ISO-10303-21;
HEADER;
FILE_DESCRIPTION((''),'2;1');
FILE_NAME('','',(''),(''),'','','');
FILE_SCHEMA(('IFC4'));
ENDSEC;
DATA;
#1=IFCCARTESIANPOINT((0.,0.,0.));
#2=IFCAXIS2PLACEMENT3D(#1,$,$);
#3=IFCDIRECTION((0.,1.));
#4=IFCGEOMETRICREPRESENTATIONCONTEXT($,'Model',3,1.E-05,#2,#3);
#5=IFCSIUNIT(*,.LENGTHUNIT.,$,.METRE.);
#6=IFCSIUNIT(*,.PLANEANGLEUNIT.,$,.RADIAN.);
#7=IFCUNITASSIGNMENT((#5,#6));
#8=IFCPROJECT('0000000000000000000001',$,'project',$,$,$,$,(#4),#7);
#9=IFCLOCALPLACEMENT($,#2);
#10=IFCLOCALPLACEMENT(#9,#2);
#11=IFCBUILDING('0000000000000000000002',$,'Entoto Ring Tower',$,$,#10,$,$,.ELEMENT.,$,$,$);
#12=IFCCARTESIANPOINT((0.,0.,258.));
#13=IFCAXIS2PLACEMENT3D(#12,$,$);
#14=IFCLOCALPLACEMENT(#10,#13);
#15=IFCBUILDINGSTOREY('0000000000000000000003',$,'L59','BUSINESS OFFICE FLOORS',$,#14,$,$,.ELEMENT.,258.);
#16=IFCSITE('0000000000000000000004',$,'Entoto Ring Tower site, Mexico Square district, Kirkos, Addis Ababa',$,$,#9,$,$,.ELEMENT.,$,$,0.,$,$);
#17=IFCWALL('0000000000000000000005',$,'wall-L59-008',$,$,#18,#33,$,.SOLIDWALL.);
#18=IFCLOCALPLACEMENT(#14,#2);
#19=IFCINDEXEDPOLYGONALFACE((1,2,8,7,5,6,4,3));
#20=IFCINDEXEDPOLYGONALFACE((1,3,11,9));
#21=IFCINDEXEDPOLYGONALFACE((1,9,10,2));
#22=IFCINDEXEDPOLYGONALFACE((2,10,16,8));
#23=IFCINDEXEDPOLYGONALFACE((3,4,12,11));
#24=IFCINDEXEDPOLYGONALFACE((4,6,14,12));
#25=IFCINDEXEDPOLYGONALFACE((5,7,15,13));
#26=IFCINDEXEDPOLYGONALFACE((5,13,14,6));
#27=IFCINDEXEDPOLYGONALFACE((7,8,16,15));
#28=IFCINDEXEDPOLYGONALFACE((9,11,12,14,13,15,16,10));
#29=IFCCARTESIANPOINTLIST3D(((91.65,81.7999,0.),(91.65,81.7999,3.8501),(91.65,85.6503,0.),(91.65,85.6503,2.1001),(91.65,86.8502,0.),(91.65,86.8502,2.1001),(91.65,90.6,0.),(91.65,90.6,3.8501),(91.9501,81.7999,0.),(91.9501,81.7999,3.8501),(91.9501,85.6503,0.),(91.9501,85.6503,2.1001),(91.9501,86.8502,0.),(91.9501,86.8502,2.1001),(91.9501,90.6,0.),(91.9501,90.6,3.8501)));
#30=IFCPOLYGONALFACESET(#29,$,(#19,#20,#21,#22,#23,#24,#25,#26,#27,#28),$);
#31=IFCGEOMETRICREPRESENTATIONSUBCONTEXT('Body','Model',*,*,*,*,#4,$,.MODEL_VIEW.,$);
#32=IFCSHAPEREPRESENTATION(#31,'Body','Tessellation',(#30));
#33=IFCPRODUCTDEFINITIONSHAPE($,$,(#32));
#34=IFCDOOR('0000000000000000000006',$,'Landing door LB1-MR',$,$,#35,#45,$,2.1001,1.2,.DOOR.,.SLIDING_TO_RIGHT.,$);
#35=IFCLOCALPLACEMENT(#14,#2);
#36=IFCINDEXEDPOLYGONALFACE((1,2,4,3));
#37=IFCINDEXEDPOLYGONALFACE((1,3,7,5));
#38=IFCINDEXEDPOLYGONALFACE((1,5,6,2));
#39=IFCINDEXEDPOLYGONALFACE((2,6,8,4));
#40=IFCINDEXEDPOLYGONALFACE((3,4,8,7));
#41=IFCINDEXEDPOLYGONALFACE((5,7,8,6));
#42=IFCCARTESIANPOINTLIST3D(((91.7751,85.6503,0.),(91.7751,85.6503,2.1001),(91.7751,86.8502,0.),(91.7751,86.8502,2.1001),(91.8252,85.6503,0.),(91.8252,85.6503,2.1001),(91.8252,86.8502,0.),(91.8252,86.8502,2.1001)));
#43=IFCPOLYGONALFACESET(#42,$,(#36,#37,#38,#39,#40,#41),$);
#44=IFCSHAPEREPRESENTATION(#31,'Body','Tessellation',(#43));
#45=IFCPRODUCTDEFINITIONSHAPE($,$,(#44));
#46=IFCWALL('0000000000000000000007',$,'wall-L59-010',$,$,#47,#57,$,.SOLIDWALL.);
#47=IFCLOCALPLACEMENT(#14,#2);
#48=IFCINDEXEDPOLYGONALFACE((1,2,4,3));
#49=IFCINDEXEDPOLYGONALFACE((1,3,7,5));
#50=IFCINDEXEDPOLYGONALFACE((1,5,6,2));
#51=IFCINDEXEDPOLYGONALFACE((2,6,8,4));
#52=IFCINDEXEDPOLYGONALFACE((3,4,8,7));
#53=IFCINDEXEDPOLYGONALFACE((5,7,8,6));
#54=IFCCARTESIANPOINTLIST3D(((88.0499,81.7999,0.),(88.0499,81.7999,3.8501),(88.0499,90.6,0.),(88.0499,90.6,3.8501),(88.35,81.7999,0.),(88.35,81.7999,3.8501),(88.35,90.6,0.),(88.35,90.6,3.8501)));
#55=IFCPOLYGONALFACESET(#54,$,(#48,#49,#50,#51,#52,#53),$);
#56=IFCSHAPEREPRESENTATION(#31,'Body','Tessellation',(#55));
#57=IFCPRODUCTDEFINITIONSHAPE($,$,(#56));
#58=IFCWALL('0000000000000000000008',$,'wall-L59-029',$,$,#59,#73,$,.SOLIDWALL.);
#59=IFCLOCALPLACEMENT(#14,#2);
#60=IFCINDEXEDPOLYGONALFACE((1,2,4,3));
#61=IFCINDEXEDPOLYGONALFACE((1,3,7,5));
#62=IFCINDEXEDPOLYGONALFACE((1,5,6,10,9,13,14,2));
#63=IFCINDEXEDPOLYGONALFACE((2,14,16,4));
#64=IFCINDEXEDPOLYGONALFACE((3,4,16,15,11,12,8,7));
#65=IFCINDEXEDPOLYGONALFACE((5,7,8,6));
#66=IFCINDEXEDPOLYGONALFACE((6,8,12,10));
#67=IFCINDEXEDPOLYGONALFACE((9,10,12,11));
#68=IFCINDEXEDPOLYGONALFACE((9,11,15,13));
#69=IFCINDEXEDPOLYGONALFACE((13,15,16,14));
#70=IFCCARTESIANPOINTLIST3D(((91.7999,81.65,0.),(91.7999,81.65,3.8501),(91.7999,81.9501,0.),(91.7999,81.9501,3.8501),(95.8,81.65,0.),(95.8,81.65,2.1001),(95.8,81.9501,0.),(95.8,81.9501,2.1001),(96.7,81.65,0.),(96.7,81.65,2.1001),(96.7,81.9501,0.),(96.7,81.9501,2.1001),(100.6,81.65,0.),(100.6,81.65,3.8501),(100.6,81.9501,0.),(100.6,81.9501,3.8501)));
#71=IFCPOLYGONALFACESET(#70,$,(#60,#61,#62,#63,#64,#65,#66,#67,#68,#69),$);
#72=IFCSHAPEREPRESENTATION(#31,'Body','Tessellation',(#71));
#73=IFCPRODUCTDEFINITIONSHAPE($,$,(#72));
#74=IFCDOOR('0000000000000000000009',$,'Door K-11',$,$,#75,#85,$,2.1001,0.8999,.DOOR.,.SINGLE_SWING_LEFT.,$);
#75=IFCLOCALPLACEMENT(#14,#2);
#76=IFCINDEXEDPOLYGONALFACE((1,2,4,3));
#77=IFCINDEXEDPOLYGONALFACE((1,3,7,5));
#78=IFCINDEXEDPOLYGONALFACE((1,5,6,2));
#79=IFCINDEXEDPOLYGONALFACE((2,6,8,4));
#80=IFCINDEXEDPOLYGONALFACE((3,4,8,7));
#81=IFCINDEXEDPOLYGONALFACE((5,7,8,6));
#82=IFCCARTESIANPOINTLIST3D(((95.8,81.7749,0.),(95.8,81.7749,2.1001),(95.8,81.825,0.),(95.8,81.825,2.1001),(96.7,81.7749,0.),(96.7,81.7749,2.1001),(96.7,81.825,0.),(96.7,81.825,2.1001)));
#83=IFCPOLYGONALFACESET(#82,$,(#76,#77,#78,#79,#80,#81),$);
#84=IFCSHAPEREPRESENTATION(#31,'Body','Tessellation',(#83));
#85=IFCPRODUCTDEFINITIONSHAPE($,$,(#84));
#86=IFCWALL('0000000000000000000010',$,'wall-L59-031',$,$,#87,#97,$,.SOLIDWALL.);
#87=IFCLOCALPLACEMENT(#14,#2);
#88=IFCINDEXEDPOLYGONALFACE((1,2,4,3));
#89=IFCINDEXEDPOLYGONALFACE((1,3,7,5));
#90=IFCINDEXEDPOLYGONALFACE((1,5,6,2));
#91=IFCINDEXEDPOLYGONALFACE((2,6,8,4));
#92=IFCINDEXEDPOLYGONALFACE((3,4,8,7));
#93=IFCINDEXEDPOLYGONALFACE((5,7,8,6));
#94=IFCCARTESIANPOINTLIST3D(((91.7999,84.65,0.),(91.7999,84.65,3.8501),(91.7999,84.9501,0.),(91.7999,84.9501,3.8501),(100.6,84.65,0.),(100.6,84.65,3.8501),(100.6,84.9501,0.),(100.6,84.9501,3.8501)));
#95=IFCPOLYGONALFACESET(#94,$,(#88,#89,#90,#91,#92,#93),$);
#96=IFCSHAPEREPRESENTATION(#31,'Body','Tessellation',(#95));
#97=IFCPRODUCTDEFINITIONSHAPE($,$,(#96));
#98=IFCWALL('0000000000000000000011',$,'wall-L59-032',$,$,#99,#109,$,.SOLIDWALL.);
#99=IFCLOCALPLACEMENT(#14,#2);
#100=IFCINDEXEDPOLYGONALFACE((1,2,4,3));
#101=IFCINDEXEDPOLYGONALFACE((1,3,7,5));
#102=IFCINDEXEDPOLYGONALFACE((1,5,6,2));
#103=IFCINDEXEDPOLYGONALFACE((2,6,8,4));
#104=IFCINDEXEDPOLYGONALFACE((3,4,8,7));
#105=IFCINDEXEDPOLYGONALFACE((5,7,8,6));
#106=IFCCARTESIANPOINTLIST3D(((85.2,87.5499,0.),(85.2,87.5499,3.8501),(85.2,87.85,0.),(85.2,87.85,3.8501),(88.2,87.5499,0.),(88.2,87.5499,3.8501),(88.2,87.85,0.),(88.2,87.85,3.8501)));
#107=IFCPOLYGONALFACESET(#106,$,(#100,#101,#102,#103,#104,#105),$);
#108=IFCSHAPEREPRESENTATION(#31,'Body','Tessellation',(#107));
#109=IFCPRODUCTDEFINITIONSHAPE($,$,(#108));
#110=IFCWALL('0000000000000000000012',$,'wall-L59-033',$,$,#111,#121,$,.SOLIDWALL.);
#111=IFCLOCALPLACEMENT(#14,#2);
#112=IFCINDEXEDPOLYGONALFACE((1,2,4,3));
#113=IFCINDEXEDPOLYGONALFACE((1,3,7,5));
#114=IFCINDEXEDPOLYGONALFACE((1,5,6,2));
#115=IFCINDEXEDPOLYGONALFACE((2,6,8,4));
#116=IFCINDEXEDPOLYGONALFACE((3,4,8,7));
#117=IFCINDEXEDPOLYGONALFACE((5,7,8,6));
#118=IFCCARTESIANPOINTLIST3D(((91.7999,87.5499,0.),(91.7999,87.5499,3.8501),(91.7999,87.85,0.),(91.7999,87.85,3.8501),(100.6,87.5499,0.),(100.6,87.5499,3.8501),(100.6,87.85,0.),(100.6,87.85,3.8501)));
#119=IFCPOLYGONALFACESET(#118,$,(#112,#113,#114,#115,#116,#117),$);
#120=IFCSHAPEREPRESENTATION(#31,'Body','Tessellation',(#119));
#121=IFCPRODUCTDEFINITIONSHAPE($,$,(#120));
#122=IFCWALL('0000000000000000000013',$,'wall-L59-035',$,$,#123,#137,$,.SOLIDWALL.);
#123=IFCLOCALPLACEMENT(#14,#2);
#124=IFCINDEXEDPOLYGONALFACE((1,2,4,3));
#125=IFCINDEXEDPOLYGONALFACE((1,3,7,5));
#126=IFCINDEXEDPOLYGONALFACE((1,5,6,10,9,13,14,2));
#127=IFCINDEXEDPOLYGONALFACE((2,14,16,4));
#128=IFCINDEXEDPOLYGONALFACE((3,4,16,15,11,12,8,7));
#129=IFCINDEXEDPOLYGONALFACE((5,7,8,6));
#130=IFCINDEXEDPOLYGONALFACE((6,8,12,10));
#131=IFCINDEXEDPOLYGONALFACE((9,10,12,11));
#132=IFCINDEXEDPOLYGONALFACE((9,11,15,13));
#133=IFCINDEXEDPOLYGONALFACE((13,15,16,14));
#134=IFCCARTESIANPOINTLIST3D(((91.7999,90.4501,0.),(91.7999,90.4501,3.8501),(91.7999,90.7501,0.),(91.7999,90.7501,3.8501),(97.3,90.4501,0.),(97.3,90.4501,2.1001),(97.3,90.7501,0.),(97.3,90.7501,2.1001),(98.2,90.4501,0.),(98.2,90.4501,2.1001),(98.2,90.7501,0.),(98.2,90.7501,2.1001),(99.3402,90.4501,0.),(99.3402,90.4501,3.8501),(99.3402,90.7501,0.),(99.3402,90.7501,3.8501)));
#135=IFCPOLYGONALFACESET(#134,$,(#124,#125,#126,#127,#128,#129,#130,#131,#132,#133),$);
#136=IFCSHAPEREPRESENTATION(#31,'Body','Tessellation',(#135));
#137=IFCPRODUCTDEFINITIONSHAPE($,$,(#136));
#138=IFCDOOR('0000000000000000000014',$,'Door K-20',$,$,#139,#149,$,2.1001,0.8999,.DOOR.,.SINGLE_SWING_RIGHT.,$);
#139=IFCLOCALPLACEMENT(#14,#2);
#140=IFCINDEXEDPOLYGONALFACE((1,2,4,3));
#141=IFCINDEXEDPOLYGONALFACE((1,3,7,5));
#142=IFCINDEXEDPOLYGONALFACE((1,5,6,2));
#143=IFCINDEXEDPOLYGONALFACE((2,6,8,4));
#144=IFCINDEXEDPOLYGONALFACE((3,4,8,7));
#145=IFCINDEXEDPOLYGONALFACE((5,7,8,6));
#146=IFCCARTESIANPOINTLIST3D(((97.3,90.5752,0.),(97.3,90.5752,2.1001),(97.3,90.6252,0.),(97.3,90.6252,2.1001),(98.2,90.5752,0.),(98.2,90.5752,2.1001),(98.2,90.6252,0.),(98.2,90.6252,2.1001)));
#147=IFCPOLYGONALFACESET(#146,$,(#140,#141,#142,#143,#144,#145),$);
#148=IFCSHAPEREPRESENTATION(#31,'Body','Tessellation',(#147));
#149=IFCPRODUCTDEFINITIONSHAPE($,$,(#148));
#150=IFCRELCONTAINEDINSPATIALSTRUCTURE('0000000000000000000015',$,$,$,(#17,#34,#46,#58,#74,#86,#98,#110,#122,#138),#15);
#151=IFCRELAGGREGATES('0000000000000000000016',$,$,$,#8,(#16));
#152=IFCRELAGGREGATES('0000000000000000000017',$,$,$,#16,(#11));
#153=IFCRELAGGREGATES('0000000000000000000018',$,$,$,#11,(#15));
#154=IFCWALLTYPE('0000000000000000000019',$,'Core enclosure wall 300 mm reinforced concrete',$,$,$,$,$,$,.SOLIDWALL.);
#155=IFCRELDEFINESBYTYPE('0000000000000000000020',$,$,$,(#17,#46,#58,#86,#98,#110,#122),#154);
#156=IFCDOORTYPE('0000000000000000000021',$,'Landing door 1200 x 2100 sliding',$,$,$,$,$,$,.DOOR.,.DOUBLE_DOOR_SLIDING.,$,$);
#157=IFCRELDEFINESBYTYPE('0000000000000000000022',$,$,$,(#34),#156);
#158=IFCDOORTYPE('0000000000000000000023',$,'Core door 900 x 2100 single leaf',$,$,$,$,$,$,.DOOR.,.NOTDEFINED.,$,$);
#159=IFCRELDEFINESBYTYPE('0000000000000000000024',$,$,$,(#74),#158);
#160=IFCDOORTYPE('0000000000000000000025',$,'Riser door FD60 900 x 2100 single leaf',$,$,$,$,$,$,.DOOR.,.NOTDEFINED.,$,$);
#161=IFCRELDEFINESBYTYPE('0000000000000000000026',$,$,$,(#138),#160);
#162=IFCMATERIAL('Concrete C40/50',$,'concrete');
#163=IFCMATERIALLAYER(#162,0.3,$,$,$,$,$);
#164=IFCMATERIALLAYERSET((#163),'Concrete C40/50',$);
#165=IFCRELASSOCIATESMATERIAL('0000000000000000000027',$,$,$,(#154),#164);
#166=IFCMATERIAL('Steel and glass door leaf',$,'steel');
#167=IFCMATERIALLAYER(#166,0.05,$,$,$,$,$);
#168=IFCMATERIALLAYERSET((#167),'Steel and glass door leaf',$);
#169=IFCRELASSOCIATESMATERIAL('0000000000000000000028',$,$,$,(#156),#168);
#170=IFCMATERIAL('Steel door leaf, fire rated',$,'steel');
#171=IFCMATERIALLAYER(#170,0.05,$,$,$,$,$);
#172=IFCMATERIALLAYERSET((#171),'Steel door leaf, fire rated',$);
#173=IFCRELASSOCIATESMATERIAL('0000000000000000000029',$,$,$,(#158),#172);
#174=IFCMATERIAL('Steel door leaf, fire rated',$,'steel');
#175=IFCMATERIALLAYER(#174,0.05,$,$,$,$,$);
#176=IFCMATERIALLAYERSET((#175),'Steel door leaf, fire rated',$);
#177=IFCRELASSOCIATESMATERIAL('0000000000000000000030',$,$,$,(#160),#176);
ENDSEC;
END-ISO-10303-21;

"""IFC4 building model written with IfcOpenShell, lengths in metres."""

from ifc_helpers import new_model, si_unit, direction, frame, frame_2d, origin, place, context, subcontext, project, spatial, rectangle, extrude, material, layer, layer_set, type_object, element, fill, save


model = new_model("IFC4")

# Units and contexts
model_context = context("Model", 3, precision=1e-05, world=origin(), true_north=direction((0.0, 1.0)))
body_context = subcontext(model_context, "Body", "Model", "MODEL_VIEW")
ifc_project = project(units=[si_unit("LENGTHUNIT", "METRE"), si_unit("PLANEANGLEUNIT", "RADIAN")], contexts=[model_context])

# Site, building, storey
site_placement = place(None, origin())
site = spatial("IfcSite", under=ifc_project, at=site_placement, Name="Entoto Ring Tower site, Mexico Square district, Kirkos, Addis Ababa", CompositionType="ELEMENT", RefElevation=0.0)
building_placement = place(site_placement, origin())
building = spatial("IfcBuilding", under=site, at=building_placement, Name="Entoto Ring Tower", CompositionType="ELEMENT")
storey_placement = place(building_placement, frame((0.0, 0.0, 258.0)))
storey = spatial("IfcBuildingStorey", under=building, at=storey_placement, Name="L59", Description="BUSINESS OFFICE FLOORS", CompositionType="ELEMENT", Elevation=258.0)

# Shared definitions
ifc_material_1 = material(Name="Concrete C40/50", Category="concrete")
ifc_layer_1 = layer(ifc_material_1, 0.3)
ifc_layer_set_1 = layer_set([ifc_layer_1], Name="Concrete C40/50")
wall_type_1 = type_object("IfcWallType", Name="Core enclosure wall 300 mm reinforced concrete", PredefinedType="SOLIDWALL", material=ifc_layer_set_1)

# Wall, opening, door
wall_1_placement = place(storey_placement, frame((91.8, 81.8, 0.0), z_axis=(0.0, 0.0, 1.0), x_axis=(0.0, 1.0, 0.0)))
wall_1 = element("IfcWall", 1, at=wall_1_placement, inside=storey, type_object=wall_type_1, Name="wall-L59-008", PredefinedType="SOLIDWALL", context=body_context, shape_type="SweptSolid", body=[
    extrude(rectangle(XDim=8.8, YDim=0.3, at=frame_2d((4.3999, 0.0))), origin(), (0.0, 0.0, 1.0), 3.8501),
])
opening_1_placement = place(wall_1_placement, frame((3.8501, 0.0, 0.0)))
opening_1 = element("IfcOpeningElement", 2, at=opening_1_placement, cuts=wall_1, PredefinedType="OPENING", context=body_context, shape_type="SweptSolid", body=[
    extrude(rectangle(XDim=1.2, YDim=2.1001, at=frame_2d((0.6001, 1.05))), frame((0.0, 0.1602, 0.0), z_axis=(0.0, -1.0, 0.0), x_axis=(1.0, 0.0, 0.0)), (0.0, 0.0, 1.0), 0.3201),
])
ifc_material_2 = material(Name="Steel and glass door leaf", Category="steel")
ifc_layer_2 = layer(ifc_material_2, 0.05)
ifc_layer_set_2 = layer_set([ifc_layer_2], Name="Steel and glass door leaf")
door_type_1 = type_object("IfcDoorType", Name="Landing door 1200 x 2100 sliding", OperationType="DOUBLE_DOOR_SLIDING", PredefinedType="DOOR", material=ifc_layer_set_2)
door_1_placement = place(opening_1_placement, origin())
door_1 = element("IfcDoor", 3, at=door_1_placement, inside=storey, type_object=door_type_1, Name="Landing door LB1-MR", OperationType="SLIDING_TO_RIGHT", OverallHeight=2.1001, OverallWidth=1.2, PredefinedType="DOOR", context=body_context, shape_type="SweptSolid", body=[
    extrude(rectangle(XDim=1.2, YDim=2.1001, at=frame_2d((0.6001, 1.05))), frame((0.0, 0.0249, 0.0), z_axis=(0.0, -1.0, 0.0), x_axis=(1.0, 0.0, 0.0)), (0.0, 0.0, 1.0), 0.05),
])
fill(opening_1, door_1)

# Wall
wall_2_placement = place(storey_placement, frame((88.2, 81.8, 0.0), z_axis=(0.0, 0.0, 1.0), x_axis=(0.0, 1.0, 0.0)))
element("IfcWall", 4, at=wall_2_placement, inside=storey, type_object=wall_type_1, Name="wall-L59-010", PredefinedType="SOLIDWALL", context=body_context, shape_type="SweptSolid", body=[
    extrude(rectangle(XDim=8.8, YDim=0.3, at=frame_2d((4.3999, 0.0))), origin(), (0.0, 0.0, 1.0), 3.8501),
])

# Wall, opening, door
wall_3_placement = place(storey_placement, frame((91.8, 81.8, 0.0), z_axis=(0.0, 0.0, 1.0), x_axis=(1.0, 0.0, 0.0)))
wall_3 = element("IfcWall", 5, at=wall_3_placement, inside=storey, type_object=wall_type_1, Name="wall-L59-029", PredefinedType="SOLIDWALL", context=body_context, shape_type="SweptSolid", body=[
    extrude(rectangle(XDim=8.8, YDim=0.3, at=frame_2d((4.3999, 0.0))), origin(), (0.0, 0.0, 1.0), 3.8501),
])
opening_2_placement = place(wall_3_placement, frame((4.0, 0.0, 0.0)))
opening_2 = element("IfcOpeningElement", 6, at=opening_2_placement, cuts=wall_3, PredefinedType="OPENING", context=body_context, shape_type="SweptSolid", body=[
    extrude(rectangle(XDim=0.8999, YDim=2.1001, at=frame_2d((0.45, 1.05))), frame((0.0, 0.1602, 0.0), z_axis=(0.0, -1.0, 0.0), x_axis=(1.0, 0.0, 0.0)), (0.0, 0.0, 1.0), 0.3201),
])
ifc_material_3 = material(Name="Steel door leaf, fire rated", Category="steel")
ifc_layer_3 = layer(ifc_material_3, 0.05)
ifc_layer_set_3 = layer_set([ifc_layer_3], Name="Steel door leaf, fire rated")
door_type_2 = type_object("IfcDoorType", Name="Core door 900 x 2100 single leaf", OperationType="NOTDEFINED", PredefinedType="DOOR", material=ifc_layer_set_3)
door_2_placement = place(opening_2_placement, origin())
door_2 = element("IfcDoor", 7, at=door_2_placement, inside=storey, type_object=door_type_2, Name="Door K-11", OperationType="SINGLE_SWING_LEFT", OverallHeight=2.1001, OverallWidth=0.8999, PredefinedType="DOOR", context=body_context, shape_type="SweptSolid", body=[
    extrude(rectangle(XDim=0.8999, YDim=2.1001, at=frame_2d((0.45, 1.05))), frame((0.0, 0.0249, 0.0), z_axis=(0.0, -1.0, 0.0), x_axis=(1.0, 0.0, 0.0)), (0.0, 0.0, 1.0), 0.05),
])
fill(opening_2, door_2)

# Walls
wall_4_placement = place(storey_placement, frame((91.8, 84.8, 0.0), z_axis=(0.0, 0.0, 1.0), x_axis=(1.0, 0.0, 0.0)))
element("IfcWall", 8, at=wall_4_placement, inside=storey, type_object=wall_type_1, Name="wall-L59-031", PredefinedType="SOLIDWALL", context=body_context, shape_type="SweptSolid", body=[
    extrude(rectangle(XDim=8.8, YDim=0.3, at=frame_2d((4.3999, 0.0))), origin(), (0.0, 0.0, 1.0), 3.8501),
])
wall_5_placement = place(storey_placement, frame((85.2, 87.7, 0.0), z_axis=(0.0, 0.0, 1.0), x_axis=(1.0, 0.0, 0.0)))
element("IfcWall", 9, at=wall_5_placement, inside=storey, type_object=wall_type_1, Name="wall-L59-032", PredefinedType="SOLIDWALL", context=body_context, shape_type="SweptSolid", body=[
    extrude(rectangle(XDim=3.0, YDim=0.3, at=frame_2d((1.5, 0.0))), origin(), (0.0, 0.0, 1.0), 3.8501),
])
wall_6_placement = place(storey_placement, frame((91.8, 87.7, 0.0), z_axis=(0.0, 0.0, 1.0), x_axis=(1.0, 0.0, 0.0)))
element("IfcWall", 10, at=wall_6_placement, inside=storey, type_object=wall_type_1, Name="wall-L59-033", PredefinedType="SOLIDWALL", context=body_context, shape_type="SweptSolid", body=[
    extrude(rectangle(XDim=8.8, YDim=0.3, at=frame_2d((4.3999, 0.0))), origin(), (0.0, 0.0, 1.0), 3.8501),
])

# Wall, opening, door
wall_7_placement = place(storey_placement, frame((91.8, 90.6001, 0.0), z_axis=(0.0, 0.0, 1.0), x_axis=(1.0, 0.0, 0.0)))
wall_7 = element("IfcWall", 11, at=wall_7_placement, inside=storey, type_object=wall_type_1, Name="wall-L59-035", PredefinedType="SOLIDWALL", context=body_context, shape_type="SweptSolid", body=[
    extrude(rectangle(XDim=7.5403, YDim=0.3, at=frame_2d((3.77, 0.0))), origin(), (0.0, 0.0, 1.0), 3.8501),
])
opening_3_placement = place(wall_7_placement, frame((5.5, 0.0, 0.0)))
opening_3 = element("IfcOpeningElement", 12, at=opening_3_placement, cuts=wall_7, PredefinedType="OPENING", context=body_context, shape_type="SweptSolid", body=[
    extrude(rectangle(XDim=0.8999, YDim=2.1001, at=frame_2d((0.45, 1.05))), frame((0.0, 0.1602, 0.0), z_axis=(0.0, -1.0, 0.0), x_axis=(1.0, 0.0, 0.0)), (0.0, 0.0, 1.0), 0.3201),
])
ifc_material_4 = material(Name="Steel door leaf, fire rated", Category="steel")
ifc_layer_4 = layer(ifc_material_4, 0.05)
ifc_layer_set_4 = layer_set([ifc_layer_4], Name="Steel door leaf, fire rated")
door_type_3 = type_object("IfcDoorType", Name="Riser door FD60 900 x 2100 single leaf", OperationType="NOTDEFINED", PredefinedType="DOOR", material=ifc_layer_set_4)
door_3_placement = place(opening_3_placement, frame((0.8999, 0.0, 0.0), z_axis=(0.0, 0.0, 1.0), x_axis=(-1.0, 0.0, 0.0)))
door_3 = element("IfcDoor", 13, at=door_3_placement, inside=storey, type_object=door_type_3, Name="Door K-20", OperationType="SINGLE_SWING_RIGHT", OverallHeight=2.1001, OverallWidth=0.8999, PredefinedType="DOOR", context=body_context, shape_type="SweptSolid", body=[
    extrude(rectangle(XDim=0.8999, YDim=2.1001, at=frame_2d((0.45, 1.05))), frame((0.0, 0.0249, 0.0), z_axis=(0.0, -1.0, 0.0), x_axis=(1.0, 0.0, 0.0)), (0.0, 0.0, 1.0), 0.05),
])
fill(opening_3, door_3)

save(model, "model.ifc")
